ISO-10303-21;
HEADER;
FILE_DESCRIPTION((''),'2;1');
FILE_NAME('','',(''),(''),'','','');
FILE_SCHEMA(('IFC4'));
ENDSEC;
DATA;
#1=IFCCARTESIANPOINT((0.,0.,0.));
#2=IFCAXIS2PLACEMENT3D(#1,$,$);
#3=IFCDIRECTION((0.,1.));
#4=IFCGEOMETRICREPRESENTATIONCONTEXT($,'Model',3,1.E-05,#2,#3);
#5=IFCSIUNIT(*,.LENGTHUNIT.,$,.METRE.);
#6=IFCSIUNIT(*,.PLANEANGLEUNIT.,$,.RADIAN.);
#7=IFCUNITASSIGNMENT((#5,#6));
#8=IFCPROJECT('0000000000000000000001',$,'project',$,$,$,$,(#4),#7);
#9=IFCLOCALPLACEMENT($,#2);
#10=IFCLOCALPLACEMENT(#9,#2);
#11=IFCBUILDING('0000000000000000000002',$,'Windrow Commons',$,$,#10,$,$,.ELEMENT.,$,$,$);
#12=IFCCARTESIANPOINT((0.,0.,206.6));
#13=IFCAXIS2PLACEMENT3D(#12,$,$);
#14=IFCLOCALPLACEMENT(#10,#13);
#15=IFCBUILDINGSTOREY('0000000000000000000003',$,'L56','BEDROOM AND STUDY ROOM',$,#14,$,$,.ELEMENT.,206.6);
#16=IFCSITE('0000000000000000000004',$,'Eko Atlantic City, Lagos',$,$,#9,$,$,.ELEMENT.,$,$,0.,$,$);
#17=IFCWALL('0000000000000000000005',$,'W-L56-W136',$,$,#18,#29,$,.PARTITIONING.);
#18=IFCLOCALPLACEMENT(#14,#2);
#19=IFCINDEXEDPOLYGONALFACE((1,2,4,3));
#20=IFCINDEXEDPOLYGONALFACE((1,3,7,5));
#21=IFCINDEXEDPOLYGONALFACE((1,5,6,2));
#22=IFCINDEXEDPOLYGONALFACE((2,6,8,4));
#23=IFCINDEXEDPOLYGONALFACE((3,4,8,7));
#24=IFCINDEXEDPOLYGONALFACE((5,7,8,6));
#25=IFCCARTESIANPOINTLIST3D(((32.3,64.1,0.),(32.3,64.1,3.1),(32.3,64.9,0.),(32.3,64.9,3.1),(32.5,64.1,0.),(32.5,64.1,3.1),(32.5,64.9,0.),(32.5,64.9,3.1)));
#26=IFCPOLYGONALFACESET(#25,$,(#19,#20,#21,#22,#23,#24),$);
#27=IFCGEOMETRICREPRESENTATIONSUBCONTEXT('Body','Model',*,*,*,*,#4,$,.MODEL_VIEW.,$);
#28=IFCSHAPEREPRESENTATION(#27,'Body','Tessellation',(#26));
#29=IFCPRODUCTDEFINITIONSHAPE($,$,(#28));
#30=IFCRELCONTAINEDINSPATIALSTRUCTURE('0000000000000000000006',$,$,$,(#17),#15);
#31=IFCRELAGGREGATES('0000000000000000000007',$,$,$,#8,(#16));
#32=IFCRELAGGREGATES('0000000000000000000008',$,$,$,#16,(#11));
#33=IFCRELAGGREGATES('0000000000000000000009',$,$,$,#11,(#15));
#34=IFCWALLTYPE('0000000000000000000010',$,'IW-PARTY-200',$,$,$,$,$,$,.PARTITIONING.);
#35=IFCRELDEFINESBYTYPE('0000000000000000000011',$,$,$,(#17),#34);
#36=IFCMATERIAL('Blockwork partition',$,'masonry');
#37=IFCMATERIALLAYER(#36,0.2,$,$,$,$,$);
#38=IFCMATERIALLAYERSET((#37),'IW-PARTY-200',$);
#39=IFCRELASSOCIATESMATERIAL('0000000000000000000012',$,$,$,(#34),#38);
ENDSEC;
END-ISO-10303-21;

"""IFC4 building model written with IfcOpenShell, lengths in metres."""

from ifc_helpers import new_model, si_unit, direction, frame, frame_2d, origin, place, context, subcontext, project, spatial, rectangle, extrude, material, layer, layer_set, type_object, element, save


model = new_model("IFC4")

# Units and contexts
model_context = context("Model", 3, precision=1e-05, world=origin(), true_north=direction((0.0, 1.0)))
body_context = subcontext(model_context, "Body", "Model", "MODEL_VIEW")
ifc_project = project(units=[si_unit("LENGTHUNIT", "METRE"), si_unit("PLANEANGLEUNIT", "RADIAN")], contexts=[model_context])

# Site, building, storey
site_placement = place(None, origin())
site = spatial("IfcSite", under=ifc_project, at=site_placement, Name="Eko Atlantic City, Lagos", CompositionType="ELEMENT", RefElevation=0.0)
building_placement = place(site_placement, origin())
building = spatial("IfcBuilding", under=site, at=building_placement, Name="Windrow Commons", CompositionType="ELEMENT")
storey_placement = place(building_placement, frame((0.0, 0.0, 206.6)))
storey = spatial("IfcBuildingStorey", under=building, at=storey_placement, Name="L56", Description="BEDROOM AND STUDY ROOM", CompositionType="ELEMENT", Elevation=206.6)

# Wall
ifc_material_1 = material(Name="Blockwork partition", Category="masonry")
ifc_layer_1 = layer(ifc_material_1, 0.2)
ifc_layer_set_1 = layer_set([ifc_layer_1], Name="IW-PARTY-200")
wall_type_1 = type_object("IfcWallType", Name="IW-PARTY-200", PredefinedType="PARTITIONING", material=ifc_layer_set_1)
wall_1_placement = place(storey_placement, frame((32.4, 64.1, 0.0), z_axis=(0.0, 0.0, 1.0), x_axis=(0.0, 1.0, 0.0)))
element("IfcWall", 1, at=wall_1_placement, inside=storey, type_object=wall_type_1, Name="W-L56-W136", PredefinedType="PARTITIONING", context=body_context, shape_type="SweptSolid", body=[
    extrude(rectangle(XDim=0.8, YDim=0.2, at=frame_2d((0.4, 0.0))), origin(), (0.0, 0.0, 1.0), 3.1),
])

save(model, "model.ifc")
